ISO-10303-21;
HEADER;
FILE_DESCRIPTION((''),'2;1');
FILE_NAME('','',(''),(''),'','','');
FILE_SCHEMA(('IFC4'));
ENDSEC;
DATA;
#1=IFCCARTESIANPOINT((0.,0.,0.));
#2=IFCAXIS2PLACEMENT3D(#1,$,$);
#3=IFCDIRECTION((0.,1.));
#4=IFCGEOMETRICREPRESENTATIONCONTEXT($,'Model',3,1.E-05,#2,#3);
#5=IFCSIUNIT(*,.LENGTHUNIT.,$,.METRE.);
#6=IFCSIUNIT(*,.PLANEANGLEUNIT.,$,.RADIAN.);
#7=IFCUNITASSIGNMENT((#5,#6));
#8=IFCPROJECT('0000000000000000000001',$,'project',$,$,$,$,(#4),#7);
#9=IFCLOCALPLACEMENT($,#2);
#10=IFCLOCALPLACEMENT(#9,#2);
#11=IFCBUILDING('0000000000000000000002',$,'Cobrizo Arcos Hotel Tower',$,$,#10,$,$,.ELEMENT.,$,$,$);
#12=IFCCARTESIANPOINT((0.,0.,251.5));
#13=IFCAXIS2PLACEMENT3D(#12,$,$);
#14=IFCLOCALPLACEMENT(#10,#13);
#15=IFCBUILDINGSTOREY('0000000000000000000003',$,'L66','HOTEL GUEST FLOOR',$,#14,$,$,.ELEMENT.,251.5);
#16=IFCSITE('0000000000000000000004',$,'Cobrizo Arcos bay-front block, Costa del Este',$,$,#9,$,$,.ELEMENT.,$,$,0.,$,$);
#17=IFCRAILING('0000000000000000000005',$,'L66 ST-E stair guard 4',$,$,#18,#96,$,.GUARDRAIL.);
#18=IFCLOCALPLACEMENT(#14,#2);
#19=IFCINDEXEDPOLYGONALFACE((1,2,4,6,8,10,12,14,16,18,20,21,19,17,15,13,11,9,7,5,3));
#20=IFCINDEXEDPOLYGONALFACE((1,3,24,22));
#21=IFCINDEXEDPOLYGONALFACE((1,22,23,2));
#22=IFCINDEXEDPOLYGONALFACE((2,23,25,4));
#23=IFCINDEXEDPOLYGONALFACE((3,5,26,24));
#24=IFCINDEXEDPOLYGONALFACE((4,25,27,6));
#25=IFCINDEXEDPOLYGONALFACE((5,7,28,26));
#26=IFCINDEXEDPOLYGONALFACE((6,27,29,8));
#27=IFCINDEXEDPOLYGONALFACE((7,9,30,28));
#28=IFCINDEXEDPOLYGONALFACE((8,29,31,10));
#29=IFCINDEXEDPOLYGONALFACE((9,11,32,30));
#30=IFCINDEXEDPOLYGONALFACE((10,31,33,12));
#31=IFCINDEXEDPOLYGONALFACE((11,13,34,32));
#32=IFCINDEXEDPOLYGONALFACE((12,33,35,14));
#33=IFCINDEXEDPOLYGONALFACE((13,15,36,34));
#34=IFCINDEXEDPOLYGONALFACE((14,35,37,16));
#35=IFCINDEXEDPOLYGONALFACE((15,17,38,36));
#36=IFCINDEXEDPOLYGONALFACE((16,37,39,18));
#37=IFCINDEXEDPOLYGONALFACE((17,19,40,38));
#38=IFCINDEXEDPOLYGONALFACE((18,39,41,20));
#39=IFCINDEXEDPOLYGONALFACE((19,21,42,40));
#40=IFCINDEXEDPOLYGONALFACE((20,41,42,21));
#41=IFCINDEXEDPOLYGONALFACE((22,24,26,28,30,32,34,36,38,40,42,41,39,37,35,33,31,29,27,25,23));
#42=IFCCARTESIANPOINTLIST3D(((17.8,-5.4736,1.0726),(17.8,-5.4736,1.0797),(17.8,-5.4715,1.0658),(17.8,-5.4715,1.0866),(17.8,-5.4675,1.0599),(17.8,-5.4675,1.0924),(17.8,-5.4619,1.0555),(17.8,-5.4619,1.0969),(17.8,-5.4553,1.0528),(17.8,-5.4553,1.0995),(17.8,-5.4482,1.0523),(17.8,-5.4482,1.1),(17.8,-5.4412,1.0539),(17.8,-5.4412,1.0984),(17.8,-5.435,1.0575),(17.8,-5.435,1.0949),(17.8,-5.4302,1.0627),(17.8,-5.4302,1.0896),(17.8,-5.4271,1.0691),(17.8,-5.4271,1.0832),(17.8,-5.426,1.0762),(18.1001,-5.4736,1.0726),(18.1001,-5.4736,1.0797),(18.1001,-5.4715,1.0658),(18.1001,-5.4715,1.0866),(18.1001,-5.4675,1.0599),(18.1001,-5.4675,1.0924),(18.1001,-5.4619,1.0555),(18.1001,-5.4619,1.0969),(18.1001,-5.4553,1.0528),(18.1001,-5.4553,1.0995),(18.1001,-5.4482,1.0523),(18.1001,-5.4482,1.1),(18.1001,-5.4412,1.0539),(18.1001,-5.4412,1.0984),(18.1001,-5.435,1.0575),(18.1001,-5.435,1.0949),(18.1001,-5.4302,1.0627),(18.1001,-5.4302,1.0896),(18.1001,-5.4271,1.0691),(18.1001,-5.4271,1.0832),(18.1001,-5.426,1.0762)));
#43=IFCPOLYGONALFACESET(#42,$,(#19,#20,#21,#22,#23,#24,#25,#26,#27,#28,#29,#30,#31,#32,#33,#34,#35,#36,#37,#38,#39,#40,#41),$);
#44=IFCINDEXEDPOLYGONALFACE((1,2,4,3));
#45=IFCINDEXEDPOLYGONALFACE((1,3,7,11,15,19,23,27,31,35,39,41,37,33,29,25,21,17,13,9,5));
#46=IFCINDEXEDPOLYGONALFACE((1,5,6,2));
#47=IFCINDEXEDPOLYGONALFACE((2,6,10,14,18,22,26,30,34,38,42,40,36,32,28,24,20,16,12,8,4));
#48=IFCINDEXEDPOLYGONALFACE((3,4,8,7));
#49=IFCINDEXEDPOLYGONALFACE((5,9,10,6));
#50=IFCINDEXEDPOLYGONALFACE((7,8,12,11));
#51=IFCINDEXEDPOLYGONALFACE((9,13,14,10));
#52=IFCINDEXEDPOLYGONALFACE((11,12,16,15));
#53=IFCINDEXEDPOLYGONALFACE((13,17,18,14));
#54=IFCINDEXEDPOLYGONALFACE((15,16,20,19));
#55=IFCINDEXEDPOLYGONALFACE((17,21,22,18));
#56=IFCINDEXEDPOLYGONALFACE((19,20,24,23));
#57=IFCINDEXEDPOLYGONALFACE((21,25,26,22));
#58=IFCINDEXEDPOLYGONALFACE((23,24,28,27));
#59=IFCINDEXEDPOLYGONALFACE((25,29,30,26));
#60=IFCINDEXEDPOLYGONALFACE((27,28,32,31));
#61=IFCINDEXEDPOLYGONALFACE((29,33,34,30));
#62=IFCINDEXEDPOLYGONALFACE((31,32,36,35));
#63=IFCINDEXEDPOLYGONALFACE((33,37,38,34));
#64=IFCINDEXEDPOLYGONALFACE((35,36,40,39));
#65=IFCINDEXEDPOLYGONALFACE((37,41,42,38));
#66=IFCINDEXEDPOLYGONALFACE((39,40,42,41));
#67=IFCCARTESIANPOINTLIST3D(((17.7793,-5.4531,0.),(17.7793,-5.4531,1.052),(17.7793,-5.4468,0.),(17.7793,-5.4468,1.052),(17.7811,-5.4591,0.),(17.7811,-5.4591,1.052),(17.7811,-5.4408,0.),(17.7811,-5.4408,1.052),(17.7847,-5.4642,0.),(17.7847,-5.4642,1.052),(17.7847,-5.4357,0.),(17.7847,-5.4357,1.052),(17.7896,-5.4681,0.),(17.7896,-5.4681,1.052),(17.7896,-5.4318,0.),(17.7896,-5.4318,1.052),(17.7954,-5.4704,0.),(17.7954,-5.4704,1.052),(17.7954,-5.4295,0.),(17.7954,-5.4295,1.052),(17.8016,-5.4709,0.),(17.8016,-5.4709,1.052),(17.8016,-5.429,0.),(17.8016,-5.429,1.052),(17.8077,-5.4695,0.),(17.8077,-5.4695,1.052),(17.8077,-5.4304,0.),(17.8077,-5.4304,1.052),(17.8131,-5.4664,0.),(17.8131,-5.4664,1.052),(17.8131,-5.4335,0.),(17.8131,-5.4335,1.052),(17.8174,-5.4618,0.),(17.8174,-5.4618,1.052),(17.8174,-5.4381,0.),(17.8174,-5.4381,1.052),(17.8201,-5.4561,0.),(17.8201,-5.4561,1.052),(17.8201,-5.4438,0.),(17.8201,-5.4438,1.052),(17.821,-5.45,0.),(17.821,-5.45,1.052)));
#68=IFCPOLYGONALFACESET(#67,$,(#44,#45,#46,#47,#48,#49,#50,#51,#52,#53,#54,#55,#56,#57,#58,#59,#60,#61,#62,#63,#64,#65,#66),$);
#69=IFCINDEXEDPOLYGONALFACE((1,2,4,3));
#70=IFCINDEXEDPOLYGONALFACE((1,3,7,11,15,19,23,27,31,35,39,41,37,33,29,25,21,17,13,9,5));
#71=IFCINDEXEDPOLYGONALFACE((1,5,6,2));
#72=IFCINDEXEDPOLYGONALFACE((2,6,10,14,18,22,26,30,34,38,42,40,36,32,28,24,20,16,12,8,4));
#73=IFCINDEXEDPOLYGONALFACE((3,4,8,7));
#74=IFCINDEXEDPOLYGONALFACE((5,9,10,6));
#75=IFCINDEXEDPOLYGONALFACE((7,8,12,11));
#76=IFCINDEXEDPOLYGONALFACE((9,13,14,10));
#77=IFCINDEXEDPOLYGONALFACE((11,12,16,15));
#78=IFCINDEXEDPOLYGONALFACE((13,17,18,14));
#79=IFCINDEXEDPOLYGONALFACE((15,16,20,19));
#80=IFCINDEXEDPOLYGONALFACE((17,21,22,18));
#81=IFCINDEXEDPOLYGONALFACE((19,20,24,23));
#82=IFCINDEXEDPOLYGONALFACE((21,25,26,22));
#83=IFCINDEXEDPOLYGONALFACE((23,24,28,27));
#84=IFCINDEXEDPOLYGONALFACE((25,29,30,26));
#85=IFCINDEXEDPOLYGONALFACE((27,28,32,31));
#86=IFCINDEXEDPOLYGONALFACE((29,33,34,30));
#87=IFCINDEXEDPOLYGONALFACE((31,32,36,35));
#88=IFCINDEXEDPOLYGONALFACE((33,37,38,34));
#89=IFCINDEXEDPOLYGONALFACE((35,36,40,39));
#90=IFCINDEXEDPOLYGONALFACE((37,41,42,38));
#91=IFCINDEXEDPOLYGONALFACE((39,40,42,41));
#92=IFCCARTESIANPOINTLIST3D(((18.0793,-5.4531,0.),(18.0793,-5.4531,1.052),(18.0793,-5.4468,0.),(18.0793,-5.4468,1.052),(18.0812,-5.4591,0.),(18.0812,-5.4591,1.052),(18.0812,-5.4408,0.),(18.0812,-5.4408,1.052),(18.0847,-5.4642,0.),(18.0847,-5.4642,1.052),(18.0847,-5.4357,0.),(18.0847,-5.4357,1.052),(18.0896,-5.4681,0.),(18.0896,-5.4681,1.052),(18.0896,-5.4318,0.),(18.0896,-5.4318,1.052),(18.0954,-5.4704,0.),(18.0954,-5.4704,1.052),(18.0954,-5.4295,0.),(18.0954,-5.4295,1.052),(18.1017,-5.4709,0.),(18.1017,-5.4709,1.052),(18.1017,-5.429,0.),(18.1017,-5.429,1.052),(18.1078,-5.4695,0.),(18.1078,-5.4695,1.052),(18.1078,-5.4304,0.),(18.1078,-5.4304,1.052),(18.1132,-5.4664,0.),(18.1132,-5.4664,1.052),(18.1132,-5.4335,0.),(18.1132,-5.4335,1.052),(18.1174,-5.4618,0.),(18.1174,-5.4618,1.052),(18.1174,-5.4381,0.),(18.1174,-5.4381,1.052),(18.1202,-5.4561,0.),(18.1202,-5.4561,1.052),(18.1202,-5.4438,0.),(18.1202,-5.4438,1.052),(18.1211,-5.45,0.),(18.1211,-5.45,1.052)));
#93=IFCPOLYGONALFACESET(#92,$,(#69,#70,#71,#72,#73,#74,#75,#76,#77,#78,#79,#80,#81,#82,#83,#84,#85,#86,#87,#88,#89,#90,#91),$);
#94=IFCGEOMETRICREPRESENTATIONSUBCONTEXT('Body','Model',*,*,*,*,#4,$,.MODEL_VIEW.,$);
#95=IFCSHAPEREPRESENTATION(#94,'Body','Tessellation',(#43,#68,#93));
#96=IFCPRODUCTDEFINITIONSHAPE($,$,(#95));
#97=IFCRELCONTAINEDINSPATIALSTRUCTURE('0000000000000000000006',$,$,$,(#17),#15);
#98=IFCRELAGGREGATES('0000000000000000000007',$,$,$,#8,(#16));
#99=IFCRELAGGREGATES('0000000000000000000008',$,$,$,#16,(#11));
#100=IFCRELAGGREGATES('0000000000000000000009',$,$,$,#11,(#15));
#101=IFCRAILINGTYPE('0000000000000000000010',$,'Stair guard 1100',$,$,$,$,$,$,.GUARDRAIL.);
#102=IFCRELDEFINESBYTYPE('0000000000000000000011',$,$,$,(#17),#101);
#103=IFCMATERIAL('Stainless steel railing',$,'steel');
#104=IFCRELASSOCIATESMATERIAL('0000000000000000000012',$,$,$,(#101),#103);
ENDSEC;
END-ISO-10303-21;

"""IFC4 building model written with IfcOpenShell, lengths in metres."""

from ifc_helpers import new_model, si_unit, direction, frame, origin, origin_2d, place, context, subcontext, project, spatial, circle, extrude, material, type_object, element, save


model = new_model("IFC4")

# Units and contexts
model_context = context("Model", 3, precision=1e-05, world=origin(), true_north=direction((0.0, 1.0)))
body_context = subcontext(model_context, "Body", "Model", "MODEL_VIEW")
ifc_project = project(units=[si_unit("LENGTHUNIT", "METRE"), si_unit("PLANEANGLEUNIT", "RADIAN")], contexts=[model_context])

# Site, building, storey
site_placement = place(None, origin())
site = spatial("IfcSite", under=ifc_project, at=site_placement, Name="Cobrizo Arcos bay-front block, Costa del Este", CompositionType="ELEMENT", RefElevation=0.0)
building_placement = place(site_placement, origin())
building = spatial("IfcBuilding", under=site, at=building_placement, Name="Cobrizo Arcos Hotel Tower", CompositionType="ELEMENT")
storey_placement = place(building_placement, frame((0.0, 0.0, 251.5)))
storey = spatial("IfcBuildingStorey", under=building, at=storey_placement, Name="L66", Description="HOTEL GUEST FLOOR", CompositionType="ELEMENT", Elevation=251.5)

# Railing
ifc_material_1 = material(Name="Stainless steel railing", Category="steel")
railing_type_1 = type_object("IfcRailingType", Name="Stair guard 1100", PredefinedType="GUARDRAIL", material=ifc_material_1)
railing_1_placement = place(storey_placement, frame((17.8, -5.45, 0.0)))
element("IfcRailing", 1, at=railing_1_placement, inside=storey, type_object=railing_type_1, Name="L66 ST-E stair guard 4", PredefinedType="GUARDRAIL", context=body_context, shape_type="SweptSolid", body=[
    extrude(circle(Radius=0.0239, at=origin_2d()), frame((0.0, 0.0, 1.0762), z_axis=(1.0, 0.0, 0.0), x_axis=(0.0, 1.0, 0.0)), (0.0, 0.0, 1.0), 0.3),
    extrude(circle(Radius=0.021, at=origin_2d()), origin(), (0.0, 0.0, 1.0), 1.052),
    extrude(circle(Radius=0.021, at=origin_2d()), frame((0.3, 0.0, 0.0)), (0.0, 0.0, 1.0), 1.052),
])

save(model, "model.ifc")
